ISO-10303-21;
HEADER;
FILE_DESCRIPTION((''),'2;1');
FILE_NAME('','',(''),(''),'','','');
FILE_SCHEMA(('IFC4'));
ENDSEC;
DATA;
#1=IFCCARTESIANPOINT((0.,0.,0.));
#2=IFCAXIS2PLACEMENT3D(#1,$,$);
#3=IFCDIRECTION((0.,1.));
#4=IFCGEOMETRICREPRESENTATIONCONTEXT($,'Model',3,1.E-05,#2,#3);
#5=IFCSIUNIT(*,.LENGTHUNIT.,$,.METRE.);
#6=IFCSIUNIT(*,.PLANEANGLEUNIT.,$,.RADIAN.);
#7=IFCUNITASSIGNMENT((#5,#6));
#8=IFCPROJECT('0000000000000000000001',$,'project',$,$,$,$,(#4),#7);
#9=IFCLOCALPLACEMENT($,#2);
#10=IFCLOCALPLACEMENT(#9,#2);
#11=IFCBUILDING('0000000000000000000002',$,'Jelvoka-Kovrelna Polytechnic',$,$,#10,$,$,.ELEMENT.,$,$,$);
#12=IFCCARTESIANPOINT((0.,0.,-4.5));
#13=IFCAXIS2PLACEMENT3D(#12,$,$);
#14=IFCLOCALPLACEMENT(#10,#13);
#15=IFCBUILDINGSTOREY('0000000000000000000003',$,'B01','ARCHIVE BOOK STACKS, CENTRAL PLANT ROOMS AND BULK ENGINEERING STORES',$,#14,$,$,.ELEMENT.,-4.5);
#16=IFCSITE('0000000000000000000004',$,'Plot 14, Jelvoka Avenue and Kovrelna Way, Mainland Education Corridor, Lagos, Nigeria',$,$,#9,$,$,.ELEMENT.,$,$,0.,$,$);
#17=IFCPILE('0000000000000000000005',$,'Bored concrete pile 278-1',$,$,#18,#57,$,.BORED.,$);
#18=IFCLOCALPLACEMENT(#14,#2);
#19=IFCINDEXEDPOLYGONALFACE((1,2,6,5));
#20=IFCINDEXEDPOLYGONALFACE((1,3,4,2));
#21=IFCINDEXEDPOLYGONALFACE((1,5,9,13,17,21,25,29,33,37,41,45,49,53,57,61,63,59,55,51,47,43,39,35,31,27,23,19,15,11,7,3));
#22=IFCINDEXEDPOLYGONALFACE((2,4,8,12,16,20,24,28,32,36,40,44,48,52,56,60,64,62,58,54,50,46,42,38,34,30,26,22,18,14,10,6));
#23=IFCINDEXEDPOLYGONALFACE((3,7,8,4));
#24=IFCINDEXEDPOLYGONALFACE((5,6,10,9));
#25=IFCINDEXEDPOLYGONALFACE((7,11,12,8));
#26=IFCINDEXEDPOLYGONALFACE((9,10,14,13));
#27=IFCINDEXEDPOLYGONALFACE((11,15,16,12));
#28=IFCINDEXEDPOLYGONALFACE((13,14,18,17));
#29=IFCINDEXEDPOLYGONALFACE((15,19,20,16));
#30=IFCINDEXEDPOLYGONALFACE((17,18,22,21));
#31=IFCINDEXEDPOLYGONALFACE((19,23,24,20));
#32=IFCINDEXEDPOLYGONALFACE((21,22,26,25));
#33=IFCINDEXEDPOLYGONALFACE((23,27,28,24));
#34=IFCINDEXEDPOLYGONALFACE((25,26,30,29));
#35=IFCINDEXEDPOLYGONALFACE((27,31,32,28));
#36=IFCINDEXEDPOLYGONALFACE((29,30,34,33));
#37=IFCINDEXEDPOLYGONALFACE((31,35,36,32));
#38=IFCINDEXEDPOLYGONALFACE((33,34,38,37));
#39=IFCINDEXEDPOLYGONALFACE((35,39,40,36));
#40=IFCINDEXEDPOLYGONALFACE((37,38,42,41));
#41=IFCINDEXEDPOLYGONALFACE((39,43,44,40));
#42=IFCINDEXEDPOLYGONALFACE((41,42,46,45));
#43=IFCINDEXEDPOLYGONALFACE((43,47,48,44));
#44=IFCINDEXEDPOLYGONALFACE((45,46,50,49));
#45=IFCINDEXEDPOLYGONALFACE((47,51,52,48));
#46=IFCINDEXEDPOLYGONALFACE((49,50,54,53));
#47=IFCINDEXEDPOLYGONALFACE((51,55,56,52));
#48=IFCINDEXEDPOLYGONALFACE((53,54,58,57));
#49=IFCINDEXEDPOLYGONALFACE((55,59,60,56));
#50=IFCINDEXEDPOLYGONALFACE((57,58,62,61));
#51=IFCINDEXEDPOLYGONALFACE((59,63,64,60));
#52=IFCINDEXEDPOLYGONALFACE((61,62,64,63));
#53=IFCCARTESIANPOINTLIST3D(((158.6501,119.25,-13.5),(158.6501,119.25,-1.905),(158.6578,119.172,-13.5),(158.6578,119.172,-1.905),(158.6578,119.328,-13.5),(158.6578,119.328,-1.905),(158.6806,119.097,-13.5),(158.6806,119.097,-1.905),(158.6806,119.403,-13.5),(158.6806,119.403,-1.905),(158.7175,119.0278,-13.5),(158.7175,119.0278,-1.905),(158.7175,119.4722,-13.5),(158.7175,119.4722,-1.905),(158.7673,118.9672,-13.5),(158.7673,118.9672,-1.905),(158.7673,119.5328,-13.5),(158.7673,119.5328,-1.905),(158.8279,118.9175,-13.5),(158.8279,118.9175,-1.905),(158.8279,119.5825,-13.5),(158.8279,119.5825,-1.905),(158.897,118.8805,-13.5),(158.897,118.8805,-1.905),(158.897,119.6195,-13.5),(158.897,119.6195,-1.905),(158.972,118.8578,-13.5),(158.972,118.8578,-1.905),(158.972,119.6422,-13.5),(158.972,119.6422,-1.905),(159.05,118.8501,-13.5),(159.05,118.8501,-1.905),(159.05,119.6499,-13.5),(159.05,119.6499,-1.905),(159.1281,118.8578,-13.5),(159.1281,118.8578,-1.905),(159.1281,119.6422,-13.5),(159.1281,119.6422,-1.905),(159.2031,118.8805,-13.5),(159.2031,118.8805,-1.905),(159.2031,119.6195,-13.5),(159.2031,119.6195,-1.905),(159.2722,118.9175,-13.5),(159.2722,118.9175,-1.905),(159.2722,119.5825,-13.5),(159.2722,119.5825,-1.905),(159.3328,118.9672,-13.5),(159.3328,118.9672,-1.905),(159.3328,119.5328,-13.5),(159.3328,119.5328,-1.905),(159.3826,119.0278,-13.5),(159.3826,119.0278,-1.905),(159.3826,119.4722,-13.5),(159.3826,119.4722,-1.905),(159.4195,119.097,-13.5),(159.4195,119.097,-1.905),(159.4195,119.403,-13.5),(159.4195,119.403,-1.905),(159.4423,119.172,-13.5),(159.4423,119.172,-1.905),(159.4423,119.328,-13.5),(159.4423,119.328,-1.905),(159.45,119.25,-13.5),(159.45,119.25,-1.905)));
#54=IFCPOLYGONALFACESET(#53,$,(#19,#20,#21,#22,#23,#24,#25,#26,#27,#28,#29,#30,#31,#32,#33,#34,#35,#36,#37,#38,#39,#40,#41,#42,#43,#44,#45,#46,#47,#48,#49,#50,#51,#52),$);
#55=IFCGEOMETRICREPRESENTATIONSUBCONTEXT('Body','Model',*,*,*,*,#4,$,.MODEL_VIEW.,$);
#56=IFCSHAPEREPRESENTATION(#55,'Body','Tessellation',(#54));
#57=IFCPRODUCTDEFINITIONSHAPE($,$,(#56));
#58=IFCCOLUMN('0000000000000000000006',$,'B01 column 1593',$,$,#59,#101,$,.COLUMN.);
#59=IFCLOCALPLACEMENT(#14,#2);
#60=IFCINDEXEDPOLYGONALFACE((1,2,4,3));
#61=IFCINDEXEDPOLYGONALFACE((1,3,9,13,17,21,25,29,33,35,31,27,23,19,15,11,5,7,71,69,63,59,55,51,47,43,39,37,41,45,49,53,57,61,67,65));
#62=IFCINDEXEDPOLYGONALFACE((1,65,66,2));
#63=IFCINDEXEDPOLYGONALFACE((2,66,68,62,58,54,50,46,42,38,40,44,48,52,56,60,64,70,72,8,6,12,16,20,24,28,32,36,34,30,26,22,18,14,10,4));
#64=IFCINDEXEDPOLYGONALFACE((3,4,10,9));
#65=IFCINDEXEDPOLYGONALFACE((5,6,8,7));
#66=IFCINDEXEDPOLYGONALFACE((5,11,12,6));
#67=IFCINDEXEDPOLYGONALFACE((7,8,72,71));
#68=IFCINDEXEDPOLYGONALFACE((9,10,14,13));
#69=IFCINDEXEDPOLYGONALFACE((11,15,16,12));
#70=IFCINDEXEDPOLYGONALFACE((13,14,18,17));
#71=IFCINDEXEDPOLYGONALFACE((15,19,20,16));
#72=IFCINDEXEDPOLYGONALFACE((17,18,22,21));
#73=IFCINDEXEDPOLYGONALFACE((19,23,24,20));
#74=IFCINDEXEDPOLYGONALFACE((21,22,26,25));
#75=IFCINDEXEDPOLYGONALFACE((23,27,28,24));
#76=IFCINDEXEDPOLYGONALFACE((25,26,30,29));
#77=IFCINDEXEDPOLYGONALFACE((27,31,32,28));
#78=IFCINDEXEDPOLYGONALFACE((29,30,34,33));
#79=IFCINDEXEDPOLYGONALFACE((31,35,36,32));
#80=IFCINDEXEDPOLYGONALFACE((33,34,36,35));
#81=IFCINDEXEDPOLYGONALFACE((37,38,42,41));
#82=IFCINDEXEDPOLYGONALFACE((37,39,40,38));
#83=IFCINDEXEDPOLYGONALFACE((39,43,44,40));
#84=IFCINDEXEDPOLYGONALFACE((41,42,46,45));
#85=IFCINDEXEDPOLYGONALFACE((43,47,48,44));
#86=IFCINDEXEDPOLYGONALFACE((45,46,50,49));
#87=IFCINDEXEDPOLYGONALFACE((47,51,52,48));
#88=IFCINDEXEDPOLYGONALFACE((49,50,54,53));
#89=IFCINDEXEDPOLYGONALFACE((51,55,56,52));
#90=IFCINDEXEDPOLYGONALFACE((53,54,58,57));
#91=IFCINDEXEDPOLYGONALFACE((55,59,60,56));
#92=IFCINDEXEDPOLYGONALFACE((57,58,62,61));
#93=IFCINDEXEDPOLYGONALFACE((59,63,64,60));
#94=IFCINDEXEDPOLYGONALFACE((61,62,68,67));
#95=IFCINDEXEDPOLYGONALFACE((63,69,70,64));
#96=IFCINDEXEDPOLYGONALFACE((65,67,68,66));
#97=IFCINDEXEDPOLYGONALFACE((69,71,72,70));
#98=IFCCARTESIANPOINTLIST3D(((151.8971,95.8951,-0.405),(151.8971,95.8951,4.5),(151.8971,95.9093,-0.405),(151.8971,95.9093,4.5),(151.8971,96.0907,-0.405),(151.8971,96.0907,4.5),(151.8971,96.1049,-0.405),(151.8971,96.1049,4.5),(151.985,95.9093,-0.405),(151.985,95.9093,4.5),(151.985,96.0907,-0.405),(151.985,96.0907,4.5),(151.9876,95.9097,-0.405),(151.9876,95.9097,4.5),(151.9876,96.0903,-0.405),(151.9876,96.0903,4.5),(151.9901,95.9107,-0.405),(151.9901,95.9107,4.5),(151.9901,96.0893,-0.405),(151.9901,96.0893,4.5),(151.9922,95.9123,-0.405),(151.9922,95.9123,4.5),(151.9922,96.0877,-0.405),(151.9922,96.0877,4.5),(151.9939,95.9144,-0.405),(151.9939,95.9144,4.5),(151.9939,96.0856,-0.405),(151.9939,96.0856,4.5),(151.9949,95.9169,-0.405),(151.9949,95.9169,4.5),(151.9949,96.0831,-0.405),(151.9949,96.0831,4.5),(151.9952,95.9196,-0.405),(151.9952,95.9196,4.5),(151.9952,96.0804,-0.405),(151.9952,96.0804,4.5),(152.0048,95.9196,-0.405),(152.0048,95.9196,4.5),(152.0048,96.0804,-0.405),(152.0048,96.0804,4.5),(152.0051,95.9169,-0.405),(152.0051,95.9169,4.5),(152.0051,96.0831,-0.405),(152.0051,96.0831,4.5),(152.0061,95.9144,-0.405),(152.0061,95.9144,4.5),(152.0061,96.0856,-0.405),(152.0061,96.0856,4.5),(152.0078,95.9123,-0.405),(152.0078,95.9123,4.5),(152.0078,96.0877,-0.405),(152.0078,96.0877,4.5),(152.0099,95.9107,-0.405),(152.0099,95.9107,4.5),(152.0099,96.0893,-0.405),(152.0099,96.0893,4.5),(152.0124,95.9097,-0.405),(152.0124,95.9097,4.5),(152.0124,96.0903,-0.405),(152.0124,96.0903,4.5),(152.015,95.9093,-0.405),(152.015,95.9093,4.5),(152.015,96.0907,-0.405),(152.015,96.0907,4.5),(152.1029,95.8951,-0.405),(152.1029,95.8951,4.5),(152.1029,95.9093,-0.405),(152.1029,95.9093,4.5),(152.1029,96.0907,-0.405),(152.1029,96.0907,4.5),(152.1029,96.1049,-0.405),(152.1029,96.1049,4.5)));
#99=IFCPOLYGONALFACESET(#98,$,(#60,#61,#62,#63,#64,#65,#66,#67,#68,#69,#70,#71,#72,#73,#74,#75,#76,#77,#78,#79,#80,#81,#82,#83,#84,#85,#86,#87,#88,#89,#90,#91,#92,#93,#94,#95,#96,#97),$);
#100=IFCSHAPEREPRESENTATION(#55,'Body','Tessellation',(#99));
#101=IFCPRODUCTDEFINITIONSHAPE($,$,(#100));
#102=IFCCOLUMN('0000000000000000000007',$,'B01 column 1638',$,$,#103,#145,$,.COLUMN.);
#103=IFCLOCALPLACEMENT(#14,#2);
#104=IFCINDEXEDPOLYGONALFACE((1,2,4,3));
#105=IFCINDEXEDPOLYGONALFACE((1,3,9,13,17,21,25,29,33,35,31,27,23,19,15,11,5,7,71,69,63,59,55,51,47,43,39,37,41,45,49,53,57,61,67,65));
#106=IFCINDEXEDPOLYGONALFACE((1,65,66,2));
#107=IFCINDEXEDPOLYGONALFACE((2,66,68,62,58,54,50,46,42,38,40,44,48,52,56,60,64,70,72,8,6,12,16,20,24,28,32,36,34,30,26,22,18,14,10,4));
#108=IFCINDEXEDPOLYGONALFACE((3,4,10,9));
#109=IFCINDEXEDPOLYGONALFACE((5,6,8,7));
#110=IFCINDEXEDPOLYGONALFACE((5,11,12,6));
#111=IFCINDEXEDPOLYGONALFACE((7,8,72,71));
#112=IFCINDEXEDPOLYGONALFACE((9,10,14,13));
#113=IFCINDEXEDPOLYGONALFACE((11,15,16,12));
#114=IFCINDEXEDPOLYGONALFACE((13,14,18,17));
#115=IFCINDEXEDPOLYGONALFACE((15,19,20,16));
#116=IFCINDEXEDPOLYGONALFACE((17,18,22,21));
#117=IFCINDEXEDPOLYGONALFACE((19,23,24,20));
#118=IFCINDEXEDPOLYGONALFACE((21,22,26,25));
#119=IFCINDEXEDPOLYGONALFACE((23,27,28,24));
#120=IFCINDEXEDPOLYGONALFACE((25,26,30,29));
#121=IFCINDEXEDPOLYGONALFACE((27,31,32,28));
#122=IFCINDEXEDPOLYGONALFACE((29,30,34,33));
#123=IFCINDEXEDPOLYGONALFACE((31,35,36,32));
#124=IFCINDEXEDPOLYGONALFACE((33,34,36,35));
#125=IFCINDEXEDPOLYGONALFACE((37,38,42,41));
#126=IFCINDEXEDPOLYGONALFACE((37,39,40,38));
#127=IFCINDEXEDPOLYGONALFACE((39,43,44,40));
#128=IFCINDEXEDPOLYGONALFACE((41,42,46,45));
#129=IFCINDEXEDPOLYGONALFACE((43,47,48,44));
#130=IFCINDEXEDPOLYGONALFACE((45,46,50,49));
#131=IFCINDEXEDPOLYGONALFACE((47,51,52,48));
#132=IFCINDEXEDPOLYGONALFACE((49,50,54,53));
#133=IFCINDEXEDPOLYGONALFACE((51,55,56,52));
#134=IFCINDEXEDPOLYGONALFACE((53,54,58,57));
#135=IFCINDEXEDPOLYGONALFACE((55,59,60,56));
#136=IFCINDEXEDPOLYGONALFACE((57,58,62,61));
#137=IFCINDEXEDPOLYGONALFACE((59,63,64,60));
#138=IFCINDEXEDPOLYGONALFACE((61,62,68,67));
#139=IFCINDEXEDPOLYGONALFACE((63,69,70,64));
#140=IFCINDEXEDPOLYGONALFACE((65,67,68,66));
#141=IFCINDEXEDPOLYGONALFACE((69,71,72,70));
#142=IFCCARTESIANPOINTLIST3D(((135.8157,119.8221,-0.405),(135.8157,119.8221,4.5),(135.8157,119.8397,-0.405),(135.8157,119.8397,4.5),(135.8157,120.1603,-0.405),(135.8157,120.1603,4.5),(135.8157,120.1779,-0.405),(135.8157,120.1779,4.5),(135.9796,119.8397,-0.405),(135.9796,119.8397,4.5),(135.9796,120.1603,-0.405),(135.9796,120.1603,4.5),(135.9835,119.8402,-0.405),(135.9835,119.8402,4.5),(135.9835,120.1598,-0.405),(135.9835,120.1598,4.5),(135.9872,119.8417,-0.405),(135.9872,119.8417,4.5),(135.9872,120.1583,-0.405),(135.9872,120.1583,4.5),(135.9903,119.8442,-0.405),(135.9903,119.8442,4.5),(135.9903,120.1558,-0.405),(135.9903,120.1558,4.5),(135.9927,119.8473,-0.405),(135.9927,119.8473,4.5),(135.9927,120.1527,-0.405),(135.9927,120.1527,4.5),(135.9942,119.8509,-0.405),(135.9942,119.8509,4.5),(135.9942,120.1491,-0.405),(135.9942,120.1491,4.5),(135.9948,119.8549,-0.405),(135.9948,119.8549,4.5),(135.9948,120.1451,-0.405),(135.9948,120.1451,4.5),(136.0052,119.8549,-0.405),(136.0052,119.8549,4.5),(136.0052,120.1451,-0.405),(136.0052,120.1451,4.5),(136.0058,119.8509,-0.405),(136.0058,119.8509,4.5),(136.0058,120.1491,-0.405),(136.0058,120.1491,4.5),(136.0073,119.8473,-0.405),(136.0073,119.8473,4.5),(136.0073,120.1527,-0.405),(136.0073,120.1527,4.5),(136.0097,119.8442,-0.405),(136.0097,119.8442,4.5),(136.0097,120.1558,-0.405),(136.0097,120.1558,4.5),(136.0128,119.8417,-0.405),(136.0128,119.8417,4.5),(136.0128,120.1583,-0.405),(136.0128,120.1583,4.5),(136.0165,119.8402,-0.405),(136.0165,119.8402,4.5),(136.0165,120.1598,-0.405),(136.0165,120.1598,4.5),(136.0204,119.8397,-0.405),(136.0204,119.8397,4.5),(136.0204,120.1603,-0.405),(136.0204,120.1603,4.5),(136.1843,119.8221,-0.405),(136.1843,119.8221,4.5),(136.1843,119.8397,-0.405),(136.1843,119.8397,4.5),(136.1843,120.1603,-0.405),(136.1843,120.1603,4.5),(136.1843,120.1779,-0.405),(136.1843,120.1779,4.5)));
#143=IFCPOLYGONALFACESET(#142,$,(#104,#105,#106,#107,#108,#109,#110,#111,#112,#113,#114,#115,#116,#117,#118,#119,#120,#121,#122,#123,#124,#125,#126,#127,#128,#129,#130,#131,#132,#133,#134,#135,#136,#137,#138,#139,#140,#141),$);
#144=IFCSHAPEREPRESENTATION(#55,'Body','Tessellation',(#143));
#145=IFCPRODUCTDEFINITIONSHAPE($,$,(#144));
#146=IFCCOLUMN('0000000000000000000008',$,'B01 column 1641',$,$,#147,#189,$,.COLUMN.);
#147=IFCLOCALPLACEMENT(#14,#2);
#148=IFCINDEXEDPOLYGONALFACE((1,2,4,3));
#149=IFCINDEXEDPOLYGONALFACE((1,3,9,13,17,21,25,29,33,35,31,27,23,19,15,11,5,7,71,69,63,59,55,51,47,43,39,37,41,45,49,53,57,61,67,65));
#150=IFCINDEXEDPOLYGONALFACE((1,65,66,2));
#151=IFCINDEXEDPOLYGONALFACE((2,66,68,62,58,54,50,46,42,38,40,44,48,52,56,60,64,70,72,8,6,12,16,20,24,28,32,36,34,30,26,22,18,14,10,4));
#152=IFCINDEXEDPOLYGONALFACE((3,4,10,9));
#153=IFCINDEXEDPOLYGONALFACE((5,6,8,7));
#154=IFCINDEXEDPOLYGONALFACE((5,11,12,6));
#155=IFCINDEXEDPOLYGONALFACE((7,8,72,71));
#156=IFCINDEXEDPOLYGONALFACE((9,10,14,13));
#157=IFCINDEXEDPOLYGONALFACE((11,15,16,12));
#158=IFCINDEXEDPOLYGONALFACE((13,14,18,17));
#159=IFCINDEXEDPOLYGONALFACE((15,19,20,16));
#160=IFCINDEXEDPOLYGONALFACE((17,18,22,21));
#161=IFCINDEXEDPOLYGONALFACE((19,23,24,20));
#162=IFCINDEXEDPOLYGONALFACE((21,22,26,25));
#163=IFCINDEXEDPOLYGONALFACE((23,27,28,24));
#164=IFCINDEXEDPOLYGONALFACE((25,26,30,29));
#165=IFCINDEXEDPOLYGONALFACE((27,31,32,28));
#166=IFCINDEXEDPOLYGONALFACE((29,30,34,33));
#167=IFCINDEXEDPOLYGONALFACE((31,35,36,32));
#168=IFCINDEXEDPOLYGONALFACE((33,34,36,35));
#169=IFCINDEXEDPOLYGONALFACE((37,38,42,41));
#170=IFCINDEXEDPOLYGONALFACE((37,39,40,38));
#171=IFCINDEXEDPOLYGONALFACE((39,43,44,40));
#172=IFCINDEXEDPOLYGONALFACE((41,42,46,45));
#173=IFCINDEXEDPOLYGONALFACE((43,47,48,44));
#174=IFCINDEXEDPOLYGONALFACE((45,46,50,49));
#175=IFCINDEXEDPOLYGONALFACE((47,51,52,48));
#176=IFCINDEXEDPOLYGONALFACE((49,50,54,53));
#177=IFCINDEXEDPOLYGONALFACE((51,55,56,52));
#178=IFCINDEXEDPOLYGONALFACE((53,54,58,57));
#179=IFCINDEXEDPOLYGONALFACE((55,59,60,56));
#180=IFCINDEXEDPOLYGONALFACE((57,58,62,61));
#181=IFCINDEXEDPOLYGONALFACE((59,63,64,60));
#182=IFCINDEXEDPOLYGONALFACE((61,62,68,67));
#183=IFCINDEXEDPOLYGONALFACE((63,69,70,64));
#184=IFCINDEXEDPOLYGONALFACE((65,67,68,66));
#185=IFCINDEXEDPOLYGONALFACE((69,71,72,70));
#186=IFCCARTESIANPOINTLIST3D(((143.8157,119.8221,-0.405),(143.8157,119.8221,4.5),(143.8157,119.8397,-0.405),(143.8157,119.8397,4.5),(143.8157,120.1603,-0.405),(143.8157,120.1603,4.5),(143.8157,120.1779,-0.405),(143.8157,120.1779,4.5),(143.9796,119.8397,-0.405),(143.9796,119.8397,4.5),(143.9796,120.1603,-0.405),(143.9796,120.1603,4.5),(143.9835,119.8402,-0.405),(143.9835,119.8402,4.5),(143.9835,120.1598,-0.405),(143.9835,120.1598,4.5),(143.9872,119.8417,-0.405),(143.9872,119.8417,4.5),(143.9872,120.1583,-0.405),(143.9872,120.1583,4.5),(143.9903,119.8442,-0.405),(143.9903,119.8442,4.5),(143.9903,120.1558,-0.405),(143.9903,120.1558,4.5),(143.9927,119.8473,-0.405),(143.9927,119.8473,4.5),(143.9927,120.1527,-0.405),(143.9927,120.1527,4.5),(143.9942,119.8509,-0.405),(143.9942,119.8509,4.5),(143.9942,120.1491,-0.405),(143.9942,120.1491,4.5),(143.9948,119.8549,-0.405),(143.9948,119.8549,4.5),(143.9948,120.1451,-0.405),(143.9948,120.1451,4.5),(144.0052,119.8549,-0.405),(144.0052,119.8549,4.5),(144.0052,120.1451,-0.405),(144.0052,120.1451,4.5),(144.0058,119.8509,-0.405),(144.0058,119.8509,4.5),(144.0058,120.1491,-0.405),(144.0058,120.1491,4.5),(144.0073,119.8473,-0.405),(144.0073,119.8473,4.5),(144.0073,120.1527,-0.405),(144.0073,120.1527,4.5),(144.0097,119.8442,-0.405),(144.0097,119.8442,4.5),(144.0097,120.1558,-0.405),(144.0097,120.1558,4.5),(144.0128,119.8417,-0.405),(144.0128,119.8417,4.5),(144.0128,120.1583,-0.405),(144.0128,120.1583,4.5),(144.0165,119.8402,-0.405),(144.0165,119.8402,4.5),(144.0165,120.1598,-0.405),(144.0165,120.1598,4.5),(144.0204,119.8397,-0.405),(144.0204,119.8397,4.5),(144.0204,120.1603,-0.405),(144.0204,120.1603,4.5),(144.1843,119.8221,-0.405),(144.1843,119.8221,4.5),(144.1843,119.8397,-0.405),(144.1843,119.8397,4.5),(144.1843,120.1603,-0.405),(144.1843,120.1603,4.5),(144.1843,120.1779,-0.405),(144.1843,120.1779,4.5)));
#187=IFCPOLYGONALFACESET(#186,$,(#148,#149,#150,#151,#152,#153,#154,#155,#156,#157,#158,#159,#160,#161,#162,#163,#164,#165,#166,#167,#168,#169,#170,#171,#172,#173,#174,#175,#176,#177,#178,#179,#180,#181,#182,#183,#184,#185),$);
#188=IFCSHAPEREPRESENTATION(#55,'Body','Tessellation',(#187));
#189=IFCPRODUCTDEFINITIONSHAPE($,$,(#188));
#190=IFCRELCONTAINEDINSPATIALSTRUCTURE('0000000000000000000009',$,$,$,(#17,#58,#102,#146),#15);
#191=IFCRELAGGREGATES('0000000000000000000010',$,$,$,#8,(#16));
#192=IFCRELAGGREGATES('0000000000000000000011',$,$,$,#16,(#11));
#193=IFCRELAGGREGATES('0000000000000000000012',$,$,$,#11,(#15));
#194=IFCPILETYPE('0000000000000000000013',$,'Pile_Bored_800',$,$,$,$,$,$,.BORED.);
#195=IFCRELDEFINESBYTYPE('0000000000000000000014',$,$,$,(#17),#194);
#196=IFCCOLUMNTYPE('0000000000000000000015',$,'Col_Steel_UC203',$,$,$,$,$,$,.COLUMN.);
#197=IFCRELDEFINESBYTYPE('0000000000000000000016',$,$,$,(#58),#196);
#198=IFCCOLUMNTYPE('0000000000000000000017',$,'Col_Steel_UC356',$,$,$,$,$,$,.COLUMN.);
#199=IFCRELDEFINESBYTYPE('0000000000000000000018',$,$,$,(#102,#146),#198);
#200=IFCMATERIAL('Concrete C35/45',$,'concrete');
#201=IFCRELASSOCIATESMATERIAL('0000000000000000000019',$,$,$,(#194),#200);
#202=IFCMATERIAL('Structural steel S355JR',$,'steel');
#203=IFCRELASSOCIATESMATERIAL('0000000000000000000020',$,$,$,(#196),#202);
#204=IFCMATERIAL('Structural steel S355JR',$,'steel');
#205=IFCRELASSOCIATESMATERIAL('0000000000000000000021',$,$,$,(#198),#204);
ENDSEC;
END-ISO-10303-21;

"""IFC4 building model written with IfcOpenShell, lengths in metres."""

from ifc_helpers import new_model, si_unit, direction, frame, origin, origin_2d, place, context, subcontext, project, spatial, circle, i_section, extrude, material, material_profile, profile_set, type_object, element, save


model = new_model("IFC4")

# Units and contexts
model_context = context("Model", 3, precision=1e-05, world=origin(), true_north=direction((0.0, 1.0)))
body_context = subcontext(model_context, "Body", "Model", "MODEL_VIEW")
ifc_project = project(units=[si_unit("LENGTHUNIT", "METRE"), si_unit("PLANEANGLEUNIT", "RADIAN")], contexts=[model_context])

# Site, building, storey
site_placement = place(None, origin())
site = spatial("IfcSite", under=ifc_project, at=site_placement, Name="Plot 14, Jelvoka Avenue and Kovrelna Way, Mainland Education Corridor, Lagos, Nigeria", CompositionType="ELEMENT", RefElevation=0.0)
building_placement = place(site_placement, origin())
building = spatial("IfcBuilding", under=site, at=building_placement, Name="Jelvoka-Kovrelna Polytechnic", CompositionType="ELEMENT")
storey_placement = place(building_placement, frame((0.0, 0.0, -4.5)))
storey = spatial("IfcBuildingStorey", under=building, at=storey_placement, Name="B01", Description="ARCHIVE BOOK STACKS, CENTRAL PLANT ROOMS AND BULK ENGINEERING STORES", CompositionType="ELEMENT", Elevation=-4.5)

# Pile
ifc_material_1 = material(Name="Concrete C35/45", Category="concrete")
ifc_material_profile_1 = material_profile(ifc_material_1, circle(Radius=0.3999, at=origin_2d()), Name="PILE D800")
ifc_profile_set_1 = profile_set([ifc_material_profile_1], Name="Concrete C35/45")
pile_type_1 = type_object("IfcPileType", Name="Pile_Bored_800", PredefinedType="BORED", material=ifc_profile_set_1)
pile_1_placement = place(storey_placement, frame((159.05, 119.25, -1.905), z_axis=(0.0, 0.0, -1.0), x_axis=(1.0, 0.0, 0.0)))
element("IfcPile", 1, at=pile_1_placement, inside=storey, type_object=pile_type_1, Name="Bored concrete pile 278-1", PredefinedType="BORED", context=body_context, shape_type="SweptSolid", body=[
    extrude(circle(Radius=0.3999, at=origin_2d()), origin(), (0.0, 0.0, 1.0), 11.595),
])

# Columns
ifc_material_2 = material(Name="Structural steel S355JR", Category="steel")
ifc_material_profile_2 = material_profile(ifc_material_2, i_section(OverallWidth=0.2058, OverallDepth=0.2097, WebThickness=0.0095, FlangeThickness=0.0142, FilletRadius=0.0103, at=origin_2d()), Name="203x203x60 UC")
ifc_profile_set_2 = profile_set([ifc_material_profile_2], Name="Structural steel S355JR")
column_type_1 = type_object("IfcColumnType", Name="Col_Steel_UC203", PredefinedType="COLUMN", material=ifc_profile_set_2)
column_placement = place(storey_placement, frame((152.0, 96.0, -0.405), z_axis=(0.0, 0.0, 1.0), x_axis=(1.0, 0.0, 0.0)))
element("IfcColumn", 2, at=column_placement, inside=storey, type_object=column_type_1, Name="B01 column 1593", PredefinedType="COLUMN", context=body_context, shape_type="SweptSolid", body=[
    extrude(i_section(OverallWidth=0.2058, OverallDepth=0.2097, WebThickness=0.0095, FlangeThickness=0.0142, FilletRadius=0.0103, at=origin_2d()), origin(), (0.0, 0.0, 1.0), 4.905),
])
ifc_material_3 = material(Name="Structural steel S355JR", Category="steel")
ifc_material_profile_3 = material_profile(ifc_material_3, i_section(OverallWidth=0.3687, OverallDepth=0.3557, WebThickness=0.0105, FlangeThickness=0.0176, FilletRadius=0.0151, at=origin_2d()), Name="356x368x129 UC")
ifc_profile_set_3 = profile_set([ifc_material_profile_3], Name="Structural steel S355JR")
column_type_2 = type_object("IfcColumnType", Name="Col_Steel_UC356", PredefinedType="COLUMN", material=ifc_profile_set_3)
for number, where, z_axis, x_axis, name in (
    (3, (136.0, 120.0, -0.405), (0.0, 0.0, 1.0), (1.0, 0.0, 0.0), "B01 column 1638"),
    (4, (144.0, 120.0, -0.405), (0.0, 0.0, 1.0), (1.0, 0.0, 0.0), "B01 column 1641"),
):
    element("IfcColumn", number, at=place(storey_placement, frame(where, z_axis=z_axis, x_axis=x_axis)), inside=storey, type_object=column_type_2, Name=name, PredefinedType="COLUMN", context=body_context, shape_type="SweptSolid", body=[
        extrude(i_section(OverallWidth=0.3687, OverallDepth=0.3557, WebThickness=0.0105, FlangeThickness=0.0176, FilletRadius=0.0151, at=origin_2d()), origin(), (0.0, 0.0, 1.0), 4.905),
    ])

save(model, "model.ifc")
